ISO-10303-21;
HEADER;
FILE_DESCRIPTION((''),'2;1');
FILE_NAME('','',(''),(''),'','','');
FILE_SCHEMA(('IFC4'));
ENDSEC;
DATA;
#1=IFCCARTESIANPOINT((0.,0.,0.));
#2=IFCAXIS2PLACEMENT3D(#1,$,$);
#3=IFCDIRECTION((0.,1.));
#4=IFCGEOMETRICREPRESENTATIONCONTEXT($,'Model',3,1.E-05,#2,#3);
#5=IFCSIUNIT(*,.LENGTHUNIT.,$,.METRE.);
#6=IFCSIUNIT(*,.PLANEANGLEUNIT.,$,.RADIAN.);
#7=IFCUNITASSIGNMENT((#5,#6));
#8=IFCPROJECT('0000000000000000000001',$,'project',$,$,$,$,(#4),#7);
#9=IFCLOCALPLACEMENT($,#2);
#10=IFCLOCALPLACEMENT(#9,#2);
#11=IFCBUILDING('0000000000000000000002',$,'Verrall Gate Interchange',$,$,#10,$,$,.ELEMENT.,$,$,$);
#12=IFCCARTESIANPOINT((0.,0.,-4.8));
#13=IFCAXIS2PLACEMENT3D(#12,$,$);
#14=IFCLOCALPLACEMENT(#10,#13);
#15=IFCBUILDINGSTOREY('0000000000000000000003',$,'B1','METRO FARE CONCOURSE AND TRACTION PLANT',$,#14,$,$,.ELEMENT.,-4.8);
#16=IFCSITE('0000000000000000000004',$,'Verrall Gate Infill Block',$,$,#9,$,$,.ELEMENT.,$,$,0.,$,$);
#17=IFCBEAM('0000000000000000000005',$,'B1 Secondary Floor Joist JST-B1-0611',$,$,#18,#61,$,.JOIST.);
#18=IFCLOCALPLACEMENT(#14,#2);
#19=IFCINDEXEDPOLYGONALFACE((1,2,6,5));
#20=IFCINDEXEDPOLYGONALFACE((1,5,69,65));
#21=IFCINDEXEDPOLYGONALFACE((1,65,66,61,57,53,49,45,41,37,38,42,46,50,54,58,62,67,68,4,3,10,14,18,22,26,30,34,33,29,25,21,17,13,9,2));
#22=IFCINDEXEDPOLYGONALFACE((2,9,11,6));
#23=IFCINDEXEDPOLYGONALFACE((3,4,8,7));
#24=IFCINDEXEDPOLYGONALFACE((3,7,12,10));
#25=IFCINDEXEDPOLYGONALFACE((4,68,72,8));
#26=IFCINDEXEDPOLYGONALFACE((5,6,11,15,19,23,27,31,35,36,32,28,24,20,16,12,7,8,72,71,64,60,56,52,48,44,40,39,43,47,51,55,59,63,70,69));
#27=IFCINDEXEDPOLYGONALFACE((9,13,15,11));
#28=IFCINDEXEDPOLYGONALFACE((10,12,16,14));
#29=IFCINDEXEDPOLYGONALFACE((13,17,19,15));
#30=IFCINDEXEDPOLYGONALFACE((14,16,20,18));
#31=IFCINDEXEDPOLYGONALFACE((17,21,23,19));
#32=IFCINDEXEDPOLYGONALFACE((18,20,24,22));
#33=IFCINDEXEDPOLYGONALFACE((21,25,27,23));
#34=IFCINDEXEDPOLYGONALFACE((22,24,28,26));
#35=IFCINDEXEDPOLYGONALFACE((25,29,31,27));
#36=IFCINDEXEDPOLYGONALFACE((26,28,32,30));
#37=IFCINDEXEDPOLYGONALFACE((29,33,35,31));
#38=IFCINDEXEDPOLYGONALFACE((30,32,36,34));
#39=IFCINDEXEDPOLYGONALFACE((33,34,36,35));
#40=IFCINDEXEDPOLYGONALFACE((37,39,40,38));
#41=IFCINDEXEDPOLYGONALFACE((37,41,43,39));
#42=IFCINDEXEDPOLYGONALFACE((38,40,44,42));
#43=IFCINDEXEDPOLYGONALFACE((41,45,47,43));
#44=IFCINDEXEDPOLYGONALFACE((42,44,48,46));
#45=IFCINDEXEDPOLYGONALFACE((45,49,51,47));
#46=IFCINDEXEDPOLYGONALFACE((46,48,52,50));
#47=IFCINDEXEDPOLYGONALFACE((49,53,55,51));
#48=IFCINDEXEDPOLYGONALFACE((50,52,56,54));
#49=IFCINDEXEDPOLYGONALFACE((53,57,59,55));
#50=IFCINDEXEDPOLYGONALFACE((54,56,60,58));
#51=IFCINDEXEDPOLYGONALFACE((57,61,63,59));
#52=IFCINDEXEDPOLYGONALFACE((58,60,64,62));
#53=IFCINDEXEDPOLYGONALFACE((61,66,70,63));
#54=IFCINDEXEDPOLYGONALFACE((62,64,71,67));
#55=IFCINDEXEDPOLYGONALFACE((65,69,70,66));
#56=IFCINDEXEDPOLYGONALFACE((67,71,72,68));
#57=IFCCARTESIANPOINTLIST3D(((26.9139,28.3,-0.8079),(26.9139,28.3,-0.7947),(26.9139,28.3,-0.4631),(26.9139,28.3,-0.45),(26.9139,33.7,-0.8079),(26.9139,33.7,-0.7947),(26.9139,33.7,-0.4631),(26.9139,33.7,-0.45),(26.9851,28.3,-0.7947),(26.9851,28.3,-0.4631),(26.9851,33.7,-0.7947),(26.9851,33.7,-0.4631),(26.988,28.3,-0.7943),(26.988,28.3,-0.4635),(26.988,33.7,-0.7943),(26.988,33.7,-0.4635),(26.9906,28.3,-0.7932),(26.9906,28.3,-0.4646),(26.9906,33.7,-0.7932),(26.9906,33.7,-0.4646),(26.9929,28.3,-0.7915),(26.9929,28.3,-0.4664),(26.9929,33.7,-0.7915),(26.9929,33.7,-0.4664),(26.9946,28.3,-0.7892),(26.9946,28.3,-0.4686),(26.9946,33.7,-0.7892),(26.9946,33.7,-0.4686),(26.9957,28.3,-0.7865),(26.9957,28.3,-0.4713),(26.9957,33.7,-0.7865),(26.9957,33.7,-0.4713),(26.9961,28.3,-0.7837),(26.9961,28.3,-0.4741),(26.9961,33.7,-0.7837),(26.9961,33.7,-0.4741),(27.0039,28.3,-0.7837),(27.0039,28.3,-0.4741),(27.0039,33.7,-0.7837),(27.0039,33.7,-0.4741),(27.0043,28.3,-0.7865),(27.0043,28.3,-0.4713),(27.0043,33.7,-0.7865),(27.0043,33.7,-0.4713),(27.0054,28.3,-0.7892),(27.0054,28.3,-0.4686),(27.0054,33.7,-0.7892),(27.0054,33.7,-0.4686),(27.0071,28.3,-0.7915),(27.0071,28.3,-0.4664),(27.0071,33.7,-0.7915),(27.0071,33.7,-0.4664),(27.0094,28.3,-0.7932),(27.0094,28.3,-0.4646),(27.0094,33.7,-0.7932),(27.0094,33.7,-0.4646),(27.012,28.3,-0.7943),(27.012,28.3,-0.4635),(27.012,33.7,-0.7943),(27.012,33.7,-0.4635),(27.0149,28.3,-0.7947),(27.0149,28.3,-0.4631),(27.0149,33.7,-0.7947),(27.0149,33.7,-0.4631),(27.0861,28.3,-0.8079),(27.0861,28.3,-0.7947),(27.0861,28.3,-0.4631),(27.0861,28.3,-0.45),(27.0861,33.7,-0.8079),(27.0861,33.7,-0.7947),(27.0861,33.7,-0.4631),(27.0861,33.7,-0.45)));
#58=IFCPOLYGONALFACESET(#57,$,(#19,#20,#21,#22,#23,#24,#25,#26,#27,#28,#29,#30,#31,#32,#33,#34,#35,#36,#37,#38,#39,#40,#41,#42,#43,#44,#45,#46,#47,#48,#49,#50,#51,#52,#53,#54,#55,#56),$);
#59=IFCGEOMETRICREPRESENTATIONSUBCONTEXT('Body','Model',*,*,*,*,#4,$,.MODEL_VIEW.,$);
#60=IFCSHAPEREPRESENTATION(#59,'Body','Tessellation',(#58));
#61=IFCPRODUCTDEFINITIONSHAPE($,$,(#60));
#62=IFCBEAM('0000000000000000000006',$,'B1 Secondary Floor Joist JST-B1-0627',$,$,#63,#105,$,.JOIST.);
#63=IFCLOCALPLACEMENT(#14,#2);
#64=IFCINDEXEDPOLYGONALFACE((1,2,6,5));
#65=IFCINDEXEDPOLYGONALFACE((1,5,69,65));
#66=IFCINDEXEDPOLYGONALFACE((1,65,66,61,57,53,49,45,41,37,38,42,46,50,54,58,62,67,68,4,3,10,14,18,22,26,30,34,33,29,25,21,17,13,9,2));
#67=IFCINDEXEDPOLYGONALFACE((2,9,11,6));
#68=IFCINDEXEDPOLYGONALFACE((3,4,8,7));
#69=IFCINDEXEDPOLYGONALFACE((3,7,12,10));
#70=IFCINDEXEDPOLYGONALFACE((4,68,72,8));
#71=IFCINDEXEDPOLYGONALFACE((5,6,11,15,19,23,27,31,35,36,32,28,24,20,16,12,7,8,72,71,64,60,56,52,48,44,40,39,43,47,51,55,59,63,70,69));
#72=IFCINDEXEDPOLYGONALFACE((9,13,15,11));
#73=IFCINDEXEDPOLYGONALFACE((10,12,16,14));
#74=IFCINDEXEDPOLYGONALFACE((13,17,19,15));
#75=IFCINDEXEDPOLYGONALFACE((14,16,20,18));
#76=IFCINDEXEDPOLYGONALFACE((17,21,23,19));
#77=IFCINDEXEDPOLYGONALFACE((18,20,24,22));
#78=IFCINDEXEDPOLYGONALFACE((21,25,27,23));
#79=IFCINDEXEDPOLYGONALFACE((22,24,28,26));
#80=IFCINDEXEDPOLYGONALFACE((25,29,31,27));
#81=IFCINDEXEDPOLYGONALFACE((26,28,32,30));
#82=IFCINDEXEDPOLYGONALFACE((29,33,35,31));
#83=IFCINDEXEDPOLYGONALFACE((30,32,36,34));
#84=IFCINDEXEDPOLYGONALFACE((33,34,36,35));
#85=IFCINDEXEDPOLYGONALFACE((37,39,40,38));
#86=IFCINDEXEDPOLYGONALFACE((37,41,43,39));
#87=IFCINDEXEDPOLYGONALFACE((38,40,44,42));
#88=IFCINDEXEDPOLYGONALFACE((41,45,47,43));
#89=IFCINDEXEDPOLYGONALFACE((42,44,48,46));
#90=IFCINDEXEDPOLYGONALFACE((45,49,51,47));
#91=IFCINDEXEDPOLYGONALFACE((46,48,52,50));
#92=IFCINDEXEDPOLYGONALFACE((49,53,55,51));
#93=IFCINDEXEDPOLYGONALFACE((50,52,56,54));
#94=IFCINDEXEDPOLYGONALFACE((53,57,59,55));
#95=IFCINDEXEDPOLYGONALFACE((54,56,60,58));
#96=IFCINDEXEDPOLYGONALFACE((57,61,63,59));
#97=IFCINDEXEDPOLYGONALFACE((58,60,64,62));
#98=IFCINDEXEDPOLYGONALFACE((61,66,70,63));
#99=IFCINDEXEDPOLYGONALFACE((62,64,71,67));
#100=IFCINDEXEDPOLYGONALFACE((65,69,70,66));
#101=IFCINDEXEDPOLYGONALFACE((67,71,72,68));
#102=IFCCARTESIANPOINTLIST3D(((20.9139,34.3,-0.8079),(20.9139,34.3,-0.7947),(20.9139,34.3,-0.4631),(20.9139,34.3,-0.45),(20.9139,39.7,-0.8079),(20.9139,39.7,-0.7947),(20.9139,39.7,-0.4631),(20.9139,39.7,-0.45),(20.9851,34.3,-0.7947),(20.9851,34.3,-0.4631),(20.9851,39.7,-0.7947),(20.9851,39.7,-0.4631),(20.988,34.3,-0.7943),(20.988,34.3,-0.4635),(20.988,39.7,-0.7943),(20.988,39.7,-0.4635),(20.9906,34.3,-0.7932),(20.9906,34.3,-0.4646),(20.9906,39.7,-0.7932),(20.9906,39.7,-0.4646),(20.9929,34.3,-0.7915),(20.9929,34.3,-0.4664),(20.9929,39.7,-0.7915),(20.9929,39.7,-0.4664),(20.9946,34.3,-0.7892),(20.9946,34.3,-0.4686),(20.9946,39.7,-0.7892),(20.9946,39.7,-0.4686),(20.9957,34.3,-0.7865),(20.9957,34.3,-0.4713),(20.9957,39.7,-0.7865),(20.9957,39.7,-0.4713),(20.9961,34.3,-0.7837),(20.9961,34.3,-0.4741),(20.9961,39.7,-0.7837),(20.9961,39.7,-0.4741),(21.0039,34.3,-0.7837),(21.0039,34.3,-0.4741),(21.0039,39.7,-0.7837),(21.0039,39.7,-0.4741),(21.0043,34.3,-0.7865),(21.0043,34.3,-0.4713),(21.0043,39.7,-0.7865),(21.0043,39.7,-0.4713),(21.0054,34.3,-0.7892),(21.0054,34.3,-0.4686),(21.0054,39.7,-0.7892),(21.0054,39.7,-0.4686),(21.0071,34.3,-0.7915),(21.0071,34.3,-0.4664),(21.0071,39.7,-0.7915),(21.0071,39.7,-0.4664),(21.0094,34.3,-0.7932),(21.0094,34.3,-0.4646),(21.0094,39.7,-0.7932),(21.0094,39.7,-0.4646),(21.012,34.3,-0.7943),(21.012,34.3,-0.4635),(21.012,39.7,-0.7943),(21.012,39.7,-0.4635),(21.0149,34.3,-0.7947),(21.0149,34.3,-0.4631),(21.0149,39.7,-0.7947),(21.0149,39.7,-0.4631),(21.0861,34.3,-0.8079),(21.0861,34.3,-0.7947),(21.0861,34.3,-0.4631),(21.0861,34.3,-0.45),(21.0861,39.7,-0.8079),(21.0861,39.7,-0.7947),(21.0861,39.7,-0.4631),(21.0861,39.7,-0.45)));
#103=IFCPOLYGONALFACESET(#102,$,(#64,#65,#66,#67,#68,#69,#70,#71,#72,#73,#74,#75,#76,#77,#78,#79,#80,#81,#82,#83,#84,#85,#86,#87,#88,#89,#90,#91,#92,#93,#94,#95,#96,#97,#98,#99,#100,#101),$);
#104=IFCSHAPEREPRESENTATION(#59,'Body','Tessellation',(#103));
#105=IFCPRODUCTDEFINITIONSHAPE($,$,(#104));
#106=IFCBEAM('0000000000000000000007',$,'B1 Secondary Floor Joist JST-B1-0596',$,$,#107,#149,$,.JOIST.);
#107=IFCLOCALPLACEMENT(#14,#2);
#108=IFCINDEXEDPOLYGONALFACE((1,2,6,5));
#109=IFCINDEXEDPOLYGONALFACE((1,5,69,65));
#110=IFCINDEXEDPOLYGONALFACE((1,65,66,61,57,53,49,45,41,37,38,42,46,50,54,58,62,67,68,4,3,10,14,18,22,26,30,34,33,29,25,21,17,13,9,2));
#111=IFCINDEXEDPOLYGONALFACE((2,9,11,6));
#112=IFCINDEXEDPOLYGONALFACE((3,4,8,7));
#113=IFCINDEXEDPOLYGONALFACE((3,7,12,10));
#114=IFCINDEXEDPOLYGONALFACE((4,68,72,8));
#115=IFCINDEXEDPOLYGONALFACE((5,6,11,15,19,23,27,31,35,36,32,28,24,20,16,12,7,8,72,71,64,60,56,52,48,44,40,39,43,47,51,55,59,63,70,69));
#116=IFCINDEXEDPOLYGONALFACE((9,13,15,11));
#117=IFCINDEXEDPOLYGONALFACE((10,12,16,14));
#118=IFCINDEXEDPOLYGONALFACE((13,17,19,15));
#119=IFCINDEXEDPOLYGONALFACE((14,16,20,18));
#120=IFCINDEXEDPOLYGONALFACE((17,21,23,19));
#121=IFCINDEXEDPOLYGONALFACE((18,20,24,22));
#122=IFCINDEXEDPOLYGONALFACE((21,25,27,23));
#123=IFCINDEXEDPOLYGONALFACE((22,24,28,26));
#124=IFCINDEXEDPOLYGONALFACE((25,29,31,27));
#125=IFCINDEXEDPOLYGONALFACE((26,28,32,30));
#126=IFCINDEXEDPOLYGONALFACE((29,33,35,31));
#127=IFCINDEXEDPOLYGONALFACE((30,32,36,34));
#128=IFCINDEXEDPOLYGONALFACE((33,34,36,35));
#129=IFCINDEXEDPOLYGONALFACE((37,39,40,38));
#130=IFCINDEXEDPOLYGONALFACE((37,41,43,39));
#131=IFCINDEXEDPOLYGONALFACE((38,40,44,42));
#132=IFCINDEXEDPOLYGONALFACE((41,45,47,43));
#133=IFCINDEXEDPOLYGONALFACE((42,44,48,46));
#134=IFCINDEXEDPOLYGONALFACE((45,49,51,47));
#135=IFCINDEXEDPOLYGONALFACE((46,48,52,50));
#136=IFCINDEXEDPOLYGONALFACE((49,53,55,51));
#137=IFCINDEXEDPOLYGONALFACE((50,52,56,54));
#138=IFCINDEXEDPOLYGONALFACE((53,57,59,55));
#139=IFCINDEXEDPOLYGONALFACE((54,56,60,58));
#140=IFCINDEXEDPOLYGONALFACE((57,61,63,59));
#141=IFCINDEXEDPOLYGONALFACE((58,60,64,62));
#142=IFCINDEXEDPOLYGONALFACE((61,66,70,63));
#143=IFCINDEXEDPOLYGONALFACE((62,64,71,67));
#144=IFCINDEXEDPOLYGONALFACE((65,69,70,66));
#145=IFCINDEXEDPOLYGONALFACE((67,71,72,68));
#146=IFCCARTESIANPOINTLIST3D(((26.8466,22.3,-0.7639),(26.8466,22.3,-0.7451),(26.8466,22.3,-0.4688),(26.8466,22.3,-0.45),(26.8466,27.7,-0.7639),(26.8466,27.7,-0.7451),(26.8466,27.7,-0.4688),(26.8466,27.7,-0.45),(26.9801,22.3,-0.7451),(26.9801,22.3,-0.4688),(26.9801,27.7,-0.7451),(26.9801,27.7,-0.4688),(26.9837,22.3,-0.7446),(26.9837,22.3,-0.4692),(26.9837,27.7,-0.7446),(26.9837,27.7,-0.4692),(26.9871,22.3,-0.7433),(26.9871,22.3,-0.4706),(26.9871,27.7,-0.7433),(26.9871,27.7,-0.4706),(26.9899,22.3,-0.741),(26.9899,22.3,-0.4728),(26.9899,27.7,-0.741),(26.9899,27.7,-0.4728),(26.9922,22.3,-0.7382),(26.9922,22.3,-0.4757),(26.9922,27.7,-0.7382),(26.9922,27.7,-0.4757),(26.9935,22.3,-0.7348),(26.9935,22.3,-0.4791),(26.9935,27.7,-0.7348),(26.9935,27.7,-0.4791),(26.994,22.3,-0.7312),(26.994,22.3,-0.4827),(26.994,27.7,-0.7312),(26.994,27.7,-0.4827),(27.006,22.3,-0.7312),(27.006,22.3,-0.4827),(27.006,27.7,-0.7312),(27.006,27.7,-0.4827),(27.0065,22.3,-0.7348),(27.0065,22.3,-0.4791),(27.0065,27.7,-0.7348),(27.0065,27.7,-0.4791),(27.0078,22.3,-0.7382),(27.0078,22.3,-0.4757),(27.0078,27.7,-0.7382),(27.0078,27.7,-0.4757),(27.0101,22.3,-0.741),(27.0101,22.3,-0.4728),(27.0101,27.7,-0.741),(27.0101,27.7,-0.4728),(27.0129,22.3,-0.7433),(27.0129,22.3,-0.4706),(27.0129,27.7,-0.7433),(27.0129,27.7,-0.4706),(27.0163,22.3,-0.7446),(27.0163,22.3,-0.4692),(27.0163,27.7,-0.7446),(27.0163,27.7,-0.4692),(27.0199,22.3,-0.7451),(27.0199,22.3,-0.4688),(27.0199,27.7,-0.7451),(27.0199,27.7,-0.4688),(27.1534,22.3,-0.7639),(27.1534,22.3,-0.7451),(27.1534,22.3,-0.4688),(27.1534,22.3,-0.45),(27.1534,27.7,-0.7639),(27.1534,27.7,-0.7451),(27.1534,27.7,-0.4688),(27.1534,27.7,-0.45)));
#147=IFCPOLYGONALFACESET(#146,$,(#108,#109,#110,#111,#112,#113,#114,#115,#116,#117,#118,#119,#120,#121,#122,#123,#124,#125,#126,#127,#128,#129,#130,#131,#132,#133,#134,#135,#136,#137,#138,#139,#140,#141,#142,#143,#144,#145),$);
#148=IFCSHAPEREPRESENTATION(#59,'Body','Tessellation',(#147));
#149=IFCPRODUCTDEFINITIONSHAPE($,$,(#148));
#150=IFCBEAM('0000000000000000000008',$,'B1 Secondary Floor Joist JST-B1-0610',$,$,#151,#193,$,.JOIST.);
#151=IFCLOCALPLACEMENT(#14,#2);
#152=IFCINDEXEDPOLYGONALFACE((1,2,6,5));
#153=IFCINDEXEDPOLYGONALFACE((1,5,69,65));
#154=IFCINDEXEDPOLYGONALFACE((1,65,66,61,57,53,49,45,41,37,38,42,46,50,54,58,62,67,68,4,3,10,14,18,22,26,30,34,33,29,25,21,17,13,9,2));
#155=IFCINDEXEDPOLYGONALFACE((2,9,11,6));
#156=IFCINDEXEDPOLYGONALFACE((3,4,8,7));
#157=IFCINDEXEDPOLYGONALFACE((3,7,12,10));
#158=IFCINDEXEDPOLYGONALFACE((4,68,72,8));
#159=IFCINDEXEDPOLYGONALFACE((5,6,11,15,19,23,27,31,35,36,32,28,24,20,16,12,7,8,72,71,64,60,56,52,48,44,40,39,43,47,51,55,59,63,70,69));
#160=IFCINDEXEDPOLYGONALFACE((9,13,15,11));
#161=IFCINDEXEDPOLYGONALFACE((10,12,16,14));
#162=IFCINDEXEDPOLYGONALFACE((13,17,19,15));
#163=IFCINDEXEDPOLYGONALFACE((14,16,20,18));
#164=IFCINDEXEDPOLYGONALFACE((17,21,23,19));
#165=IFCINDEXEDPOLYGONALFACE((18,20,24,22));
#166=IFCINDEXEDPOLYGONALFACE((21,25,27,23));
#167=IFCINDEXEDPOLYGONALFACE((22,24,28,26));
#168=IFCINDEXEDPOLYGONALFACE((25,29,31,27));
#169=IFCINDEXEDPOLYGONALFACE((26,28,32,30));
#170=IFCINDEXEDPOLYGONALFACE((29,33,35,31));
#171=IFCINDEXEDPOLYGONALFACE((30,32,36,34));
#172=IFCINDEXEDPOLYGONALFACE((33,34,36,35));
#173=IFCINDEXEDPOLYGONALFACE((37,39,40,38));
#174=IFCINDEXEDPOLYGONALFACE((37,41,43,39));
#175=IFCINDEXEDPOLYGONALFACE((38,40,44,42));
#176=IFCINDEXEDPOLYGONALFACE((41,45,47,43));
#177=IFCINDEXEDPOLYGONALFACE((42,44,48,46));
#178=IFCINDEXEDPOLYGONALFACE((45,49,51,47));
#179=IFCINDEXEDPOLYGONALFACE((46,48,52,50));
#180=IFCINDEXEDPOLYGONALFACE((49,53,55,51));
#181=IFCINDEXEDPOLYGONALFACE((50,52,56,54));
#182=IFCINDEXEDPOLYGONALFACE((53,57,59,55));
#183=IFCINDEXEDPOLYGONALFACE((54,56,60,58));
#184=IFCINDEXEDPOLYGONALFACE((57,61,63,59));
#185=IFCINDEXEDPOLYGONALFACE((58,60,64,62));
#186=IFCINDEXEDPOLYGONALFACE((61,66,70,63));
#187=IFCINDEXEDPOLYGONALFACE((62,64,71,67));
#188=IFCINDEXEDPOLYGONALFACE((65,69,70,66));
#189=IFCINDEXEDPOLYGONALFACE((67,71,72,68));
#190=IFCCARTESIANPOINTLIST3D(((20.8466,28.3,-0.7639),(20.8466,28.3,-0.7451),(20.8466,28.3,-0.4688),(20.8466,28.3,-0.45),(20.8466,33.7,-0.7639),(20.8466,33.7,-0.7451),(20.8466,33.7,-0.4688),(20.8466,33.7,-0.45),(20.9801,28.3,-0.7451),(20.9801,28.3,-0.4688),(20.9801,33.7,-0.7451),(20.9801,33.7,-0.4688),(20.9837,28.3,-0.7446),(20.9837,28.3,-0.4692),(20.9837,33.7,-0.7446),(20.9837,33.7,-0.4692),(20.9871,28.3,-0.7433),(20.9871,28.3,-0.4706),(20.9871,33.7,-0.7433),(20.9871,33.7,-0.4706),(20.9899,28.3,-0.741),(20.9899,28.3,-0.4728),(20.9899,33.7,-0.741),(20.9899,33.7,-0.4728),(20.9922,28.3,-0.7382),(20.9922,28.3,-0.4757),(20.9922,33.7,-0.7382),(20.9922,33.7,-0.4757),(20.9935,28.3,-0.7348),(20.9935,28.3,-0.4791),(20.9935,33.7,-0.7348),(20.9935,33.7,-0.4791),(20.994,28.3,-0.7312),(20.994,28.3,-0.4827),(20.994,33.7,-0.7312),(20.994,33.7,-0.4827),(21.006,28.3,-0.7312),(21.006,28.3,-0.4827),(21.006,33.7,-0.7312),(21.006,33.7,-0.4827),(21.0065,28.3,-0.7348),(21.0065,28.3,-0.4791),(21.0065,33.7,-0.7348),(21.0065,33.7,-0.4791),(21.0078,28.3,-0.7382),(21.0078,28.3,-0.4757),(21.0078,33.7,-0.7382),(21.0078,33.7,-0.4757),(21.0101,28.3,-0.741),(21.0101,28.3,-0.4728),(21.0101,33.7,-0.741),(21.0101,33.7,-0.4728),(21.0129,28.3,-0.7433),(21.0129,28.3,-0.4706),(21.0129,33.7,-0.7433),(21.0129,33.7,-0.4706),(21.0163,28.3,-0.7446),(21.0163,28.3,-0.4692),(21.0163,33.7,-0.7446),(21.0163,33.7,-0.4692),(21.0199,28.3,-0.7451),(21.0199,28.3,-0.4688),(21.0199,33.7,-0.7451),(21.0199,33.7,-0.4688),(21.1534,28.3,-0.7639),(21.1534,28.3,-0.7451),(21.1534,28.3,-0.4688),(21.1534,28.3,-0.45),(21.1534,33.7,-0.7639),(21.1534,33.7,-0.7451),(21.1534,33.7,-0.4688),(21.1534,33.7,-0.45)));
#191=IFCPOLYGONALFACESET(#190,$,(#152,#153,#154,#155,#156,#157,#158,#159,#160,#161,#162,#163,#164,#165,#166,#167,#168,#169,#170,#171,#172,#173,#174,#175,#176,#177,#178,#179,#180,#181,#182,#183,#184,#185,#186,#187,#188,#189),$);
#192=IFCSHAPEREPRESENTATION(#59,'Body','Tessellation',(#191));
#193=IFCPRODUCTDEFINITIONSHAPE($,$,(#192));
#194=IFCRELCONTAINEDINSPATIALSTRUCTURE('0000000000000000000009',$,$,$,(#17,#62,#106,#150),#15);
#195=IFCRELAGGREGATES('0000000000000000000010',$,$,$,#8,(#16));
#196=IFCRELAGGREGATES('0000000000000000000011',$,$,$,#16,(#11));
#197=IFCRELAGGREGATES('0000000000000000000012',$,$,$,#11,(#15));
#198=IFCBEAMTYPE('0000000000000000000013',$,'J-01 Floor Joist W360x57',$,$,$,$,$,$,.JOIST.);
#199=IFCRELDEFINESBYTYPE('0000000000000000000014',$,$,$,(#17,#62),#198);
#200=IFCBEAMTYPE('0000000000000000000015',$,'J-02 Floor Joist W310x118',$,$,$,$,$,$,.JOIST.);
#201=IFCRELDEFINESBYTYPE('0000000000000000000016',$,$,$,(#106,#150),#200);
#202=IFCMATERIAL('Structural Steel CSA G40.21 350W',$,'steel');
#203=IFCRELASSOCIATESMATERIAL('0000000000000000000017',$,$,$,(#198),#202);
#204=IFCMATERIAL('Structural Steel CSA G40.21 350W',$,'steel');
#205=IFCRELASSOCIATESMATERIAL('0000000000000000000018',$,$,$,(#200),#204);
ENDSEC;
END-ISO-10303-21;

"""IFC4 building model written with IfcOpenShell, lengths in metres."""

from ifc_helpers import new_model, si_unit, direction, frame, origin, origin_2d, place, context, subcontext, project, spatial, i_section, extrude, material, material_profile, profile_set, type_object, element, save


model = new_model("IFC4")

# Units and contexts
model_context = context("Model", 3, precision=1e-05, world=origin(), true_north=direction((0.0, 1.0)))
body_context = subcontext(model_context, "Body", "Model", "MODEL_VIEW")
ifc_project = project(units=[si_unit("LENGTHUNIT", "METRE"), si_unit("PLANEANGLEUNIT", "RADIAN")], contexts=[model_context])

# Site, building, storey
site_placement = place(None, origin())
site = spatial("IfcSite", under=ifc_project, at=site_placement, Name="Verrall Gate Infill Block", CompositionType="ELEMENT", RefElevation=0.0)
building_placement = place(site_placement, origin())
building = spatial("IfcBuilding", under=site, at=building_placement, Name="Verrall Gate Interchange", CompositionType="ELEMENT")
storey_placement = place(building_placement, frame((0.0, 0.0, -4.8)))
storey = spatial("IfcBuildingStorey", under=building, at=storey_placement, Name="B1", Description="METRO FARE CONCOURSE AND TRACTION PLANT", CompositionType="ELEMENT", Elevation=-4.8)

# Beams
ifc_material_1 = material(Name="Structural Steel CSA G40.21 350W", Category="steel")
ifc_material_profile_1 = material_profile(ifc_material_1, i_section(OverallWidth=0.1721, OverallDepth=0.3579, WebThickness=0.0078, FlangeThickness=0.0132, FilletRadius=0.011, at=origin_2d()), Name="W360x57")
ifc_profile_set_1 = profile_set([ifc_material_profile_1], Name="Structural Steel CSA G40.21 350W")
beam_type_1 = type_object("IfcBeamType", Name="J-01 Floor Joist W360x57", PredefinedType="JOIST", material=ifc_profile_set_1)
for number, where, z_axis, x_axis, name in (
    (1, (27.0, 28.3, -0.6289), (0.0, 1.0, 0.0), (-1.0, 0.0, 0.0), "B1 Secondary Floor Joist JST-B1-0611"),
    (2, (21.0, 34.3, -0.6289), (0.0, 1.0, 0.0), (-1.0, 0.0, 0.0), "B1 Secondary Floor Joist JST-B1-0627"),
):
    element("IfcBeam", number, at=place(storey_placement, frame(where, z_axis=z_axis, x_axis=x_axis)), inside=storey, type_object=beam_type_1, Name=name, PredefinedType="JOIST", context=body_context, shape_type="SweptSolid", body=[
        extrude(i_section(OverallWidth=0.1721, OverallDepth=0.3579, WebThickness=0.0078, FlangeThickness=0.0132, FilletRadius=0.011, at=origin_2d()), origin(), (0.0, 0.0, 1.0), 5.3999),
    ])
ifc_material_2 = material(Name="Structural Steel CSA G40.21 350W", Category="steel")
ifc_material_profile_2 = material_profile(ifc_material_2, i_section(OverallWidth=0.3069, OverallDepth=0.314, WebThickness=0.012, FlangeThickness=0.0188, FilletRadius=0.0139, at=origin_2d()), Name="W310x118")
ifc_profile_set_2 = profile_set([ifc_material_profile_2], Name="Structural Steel CSA G40.21 350W")
beam_type_2 = type_object("IfcBeamType", Name="J-02 Floor Joist W310x118", PredefinedType="JOIST", material=ifc_profile_set_2)
for number, where, z_axis, x_axis, name in (
    (3, (27.0, 22.3, -0.6069), (0.0, 1.0, 0.0), (-1.0, 0.0, 0.0), "B1 Secondary Floor Joist JST-B1-0596"),
    (4, (21.0, 28.3, -0.6069), (0.0, 1.0, 0.0), (-1.0, 0.0, 0.0), "B1 Secondary Floor Joist JST-B1-0610"),
):
    element("IfcBeam", number, at=place(storey_placement, frame(where, z_axis=z_axis, x_axis=x_axis)), inside=storey, type_object=beam_type_2, Name=name, PredefinedType="JOIST", context=body_context, shape_type="SweptSolid", body=[
        extrude(i_section(OverallWidth=0.3069, OverallDepth=0.314, WebThickness=0.012, FlangeThickness=0.0188, FilletRadius=0.0139, at=origin_2d()), origin(), (0.0, 0.0, 1.0), 5.3999),
    ])

save(model, "model.ifc")
